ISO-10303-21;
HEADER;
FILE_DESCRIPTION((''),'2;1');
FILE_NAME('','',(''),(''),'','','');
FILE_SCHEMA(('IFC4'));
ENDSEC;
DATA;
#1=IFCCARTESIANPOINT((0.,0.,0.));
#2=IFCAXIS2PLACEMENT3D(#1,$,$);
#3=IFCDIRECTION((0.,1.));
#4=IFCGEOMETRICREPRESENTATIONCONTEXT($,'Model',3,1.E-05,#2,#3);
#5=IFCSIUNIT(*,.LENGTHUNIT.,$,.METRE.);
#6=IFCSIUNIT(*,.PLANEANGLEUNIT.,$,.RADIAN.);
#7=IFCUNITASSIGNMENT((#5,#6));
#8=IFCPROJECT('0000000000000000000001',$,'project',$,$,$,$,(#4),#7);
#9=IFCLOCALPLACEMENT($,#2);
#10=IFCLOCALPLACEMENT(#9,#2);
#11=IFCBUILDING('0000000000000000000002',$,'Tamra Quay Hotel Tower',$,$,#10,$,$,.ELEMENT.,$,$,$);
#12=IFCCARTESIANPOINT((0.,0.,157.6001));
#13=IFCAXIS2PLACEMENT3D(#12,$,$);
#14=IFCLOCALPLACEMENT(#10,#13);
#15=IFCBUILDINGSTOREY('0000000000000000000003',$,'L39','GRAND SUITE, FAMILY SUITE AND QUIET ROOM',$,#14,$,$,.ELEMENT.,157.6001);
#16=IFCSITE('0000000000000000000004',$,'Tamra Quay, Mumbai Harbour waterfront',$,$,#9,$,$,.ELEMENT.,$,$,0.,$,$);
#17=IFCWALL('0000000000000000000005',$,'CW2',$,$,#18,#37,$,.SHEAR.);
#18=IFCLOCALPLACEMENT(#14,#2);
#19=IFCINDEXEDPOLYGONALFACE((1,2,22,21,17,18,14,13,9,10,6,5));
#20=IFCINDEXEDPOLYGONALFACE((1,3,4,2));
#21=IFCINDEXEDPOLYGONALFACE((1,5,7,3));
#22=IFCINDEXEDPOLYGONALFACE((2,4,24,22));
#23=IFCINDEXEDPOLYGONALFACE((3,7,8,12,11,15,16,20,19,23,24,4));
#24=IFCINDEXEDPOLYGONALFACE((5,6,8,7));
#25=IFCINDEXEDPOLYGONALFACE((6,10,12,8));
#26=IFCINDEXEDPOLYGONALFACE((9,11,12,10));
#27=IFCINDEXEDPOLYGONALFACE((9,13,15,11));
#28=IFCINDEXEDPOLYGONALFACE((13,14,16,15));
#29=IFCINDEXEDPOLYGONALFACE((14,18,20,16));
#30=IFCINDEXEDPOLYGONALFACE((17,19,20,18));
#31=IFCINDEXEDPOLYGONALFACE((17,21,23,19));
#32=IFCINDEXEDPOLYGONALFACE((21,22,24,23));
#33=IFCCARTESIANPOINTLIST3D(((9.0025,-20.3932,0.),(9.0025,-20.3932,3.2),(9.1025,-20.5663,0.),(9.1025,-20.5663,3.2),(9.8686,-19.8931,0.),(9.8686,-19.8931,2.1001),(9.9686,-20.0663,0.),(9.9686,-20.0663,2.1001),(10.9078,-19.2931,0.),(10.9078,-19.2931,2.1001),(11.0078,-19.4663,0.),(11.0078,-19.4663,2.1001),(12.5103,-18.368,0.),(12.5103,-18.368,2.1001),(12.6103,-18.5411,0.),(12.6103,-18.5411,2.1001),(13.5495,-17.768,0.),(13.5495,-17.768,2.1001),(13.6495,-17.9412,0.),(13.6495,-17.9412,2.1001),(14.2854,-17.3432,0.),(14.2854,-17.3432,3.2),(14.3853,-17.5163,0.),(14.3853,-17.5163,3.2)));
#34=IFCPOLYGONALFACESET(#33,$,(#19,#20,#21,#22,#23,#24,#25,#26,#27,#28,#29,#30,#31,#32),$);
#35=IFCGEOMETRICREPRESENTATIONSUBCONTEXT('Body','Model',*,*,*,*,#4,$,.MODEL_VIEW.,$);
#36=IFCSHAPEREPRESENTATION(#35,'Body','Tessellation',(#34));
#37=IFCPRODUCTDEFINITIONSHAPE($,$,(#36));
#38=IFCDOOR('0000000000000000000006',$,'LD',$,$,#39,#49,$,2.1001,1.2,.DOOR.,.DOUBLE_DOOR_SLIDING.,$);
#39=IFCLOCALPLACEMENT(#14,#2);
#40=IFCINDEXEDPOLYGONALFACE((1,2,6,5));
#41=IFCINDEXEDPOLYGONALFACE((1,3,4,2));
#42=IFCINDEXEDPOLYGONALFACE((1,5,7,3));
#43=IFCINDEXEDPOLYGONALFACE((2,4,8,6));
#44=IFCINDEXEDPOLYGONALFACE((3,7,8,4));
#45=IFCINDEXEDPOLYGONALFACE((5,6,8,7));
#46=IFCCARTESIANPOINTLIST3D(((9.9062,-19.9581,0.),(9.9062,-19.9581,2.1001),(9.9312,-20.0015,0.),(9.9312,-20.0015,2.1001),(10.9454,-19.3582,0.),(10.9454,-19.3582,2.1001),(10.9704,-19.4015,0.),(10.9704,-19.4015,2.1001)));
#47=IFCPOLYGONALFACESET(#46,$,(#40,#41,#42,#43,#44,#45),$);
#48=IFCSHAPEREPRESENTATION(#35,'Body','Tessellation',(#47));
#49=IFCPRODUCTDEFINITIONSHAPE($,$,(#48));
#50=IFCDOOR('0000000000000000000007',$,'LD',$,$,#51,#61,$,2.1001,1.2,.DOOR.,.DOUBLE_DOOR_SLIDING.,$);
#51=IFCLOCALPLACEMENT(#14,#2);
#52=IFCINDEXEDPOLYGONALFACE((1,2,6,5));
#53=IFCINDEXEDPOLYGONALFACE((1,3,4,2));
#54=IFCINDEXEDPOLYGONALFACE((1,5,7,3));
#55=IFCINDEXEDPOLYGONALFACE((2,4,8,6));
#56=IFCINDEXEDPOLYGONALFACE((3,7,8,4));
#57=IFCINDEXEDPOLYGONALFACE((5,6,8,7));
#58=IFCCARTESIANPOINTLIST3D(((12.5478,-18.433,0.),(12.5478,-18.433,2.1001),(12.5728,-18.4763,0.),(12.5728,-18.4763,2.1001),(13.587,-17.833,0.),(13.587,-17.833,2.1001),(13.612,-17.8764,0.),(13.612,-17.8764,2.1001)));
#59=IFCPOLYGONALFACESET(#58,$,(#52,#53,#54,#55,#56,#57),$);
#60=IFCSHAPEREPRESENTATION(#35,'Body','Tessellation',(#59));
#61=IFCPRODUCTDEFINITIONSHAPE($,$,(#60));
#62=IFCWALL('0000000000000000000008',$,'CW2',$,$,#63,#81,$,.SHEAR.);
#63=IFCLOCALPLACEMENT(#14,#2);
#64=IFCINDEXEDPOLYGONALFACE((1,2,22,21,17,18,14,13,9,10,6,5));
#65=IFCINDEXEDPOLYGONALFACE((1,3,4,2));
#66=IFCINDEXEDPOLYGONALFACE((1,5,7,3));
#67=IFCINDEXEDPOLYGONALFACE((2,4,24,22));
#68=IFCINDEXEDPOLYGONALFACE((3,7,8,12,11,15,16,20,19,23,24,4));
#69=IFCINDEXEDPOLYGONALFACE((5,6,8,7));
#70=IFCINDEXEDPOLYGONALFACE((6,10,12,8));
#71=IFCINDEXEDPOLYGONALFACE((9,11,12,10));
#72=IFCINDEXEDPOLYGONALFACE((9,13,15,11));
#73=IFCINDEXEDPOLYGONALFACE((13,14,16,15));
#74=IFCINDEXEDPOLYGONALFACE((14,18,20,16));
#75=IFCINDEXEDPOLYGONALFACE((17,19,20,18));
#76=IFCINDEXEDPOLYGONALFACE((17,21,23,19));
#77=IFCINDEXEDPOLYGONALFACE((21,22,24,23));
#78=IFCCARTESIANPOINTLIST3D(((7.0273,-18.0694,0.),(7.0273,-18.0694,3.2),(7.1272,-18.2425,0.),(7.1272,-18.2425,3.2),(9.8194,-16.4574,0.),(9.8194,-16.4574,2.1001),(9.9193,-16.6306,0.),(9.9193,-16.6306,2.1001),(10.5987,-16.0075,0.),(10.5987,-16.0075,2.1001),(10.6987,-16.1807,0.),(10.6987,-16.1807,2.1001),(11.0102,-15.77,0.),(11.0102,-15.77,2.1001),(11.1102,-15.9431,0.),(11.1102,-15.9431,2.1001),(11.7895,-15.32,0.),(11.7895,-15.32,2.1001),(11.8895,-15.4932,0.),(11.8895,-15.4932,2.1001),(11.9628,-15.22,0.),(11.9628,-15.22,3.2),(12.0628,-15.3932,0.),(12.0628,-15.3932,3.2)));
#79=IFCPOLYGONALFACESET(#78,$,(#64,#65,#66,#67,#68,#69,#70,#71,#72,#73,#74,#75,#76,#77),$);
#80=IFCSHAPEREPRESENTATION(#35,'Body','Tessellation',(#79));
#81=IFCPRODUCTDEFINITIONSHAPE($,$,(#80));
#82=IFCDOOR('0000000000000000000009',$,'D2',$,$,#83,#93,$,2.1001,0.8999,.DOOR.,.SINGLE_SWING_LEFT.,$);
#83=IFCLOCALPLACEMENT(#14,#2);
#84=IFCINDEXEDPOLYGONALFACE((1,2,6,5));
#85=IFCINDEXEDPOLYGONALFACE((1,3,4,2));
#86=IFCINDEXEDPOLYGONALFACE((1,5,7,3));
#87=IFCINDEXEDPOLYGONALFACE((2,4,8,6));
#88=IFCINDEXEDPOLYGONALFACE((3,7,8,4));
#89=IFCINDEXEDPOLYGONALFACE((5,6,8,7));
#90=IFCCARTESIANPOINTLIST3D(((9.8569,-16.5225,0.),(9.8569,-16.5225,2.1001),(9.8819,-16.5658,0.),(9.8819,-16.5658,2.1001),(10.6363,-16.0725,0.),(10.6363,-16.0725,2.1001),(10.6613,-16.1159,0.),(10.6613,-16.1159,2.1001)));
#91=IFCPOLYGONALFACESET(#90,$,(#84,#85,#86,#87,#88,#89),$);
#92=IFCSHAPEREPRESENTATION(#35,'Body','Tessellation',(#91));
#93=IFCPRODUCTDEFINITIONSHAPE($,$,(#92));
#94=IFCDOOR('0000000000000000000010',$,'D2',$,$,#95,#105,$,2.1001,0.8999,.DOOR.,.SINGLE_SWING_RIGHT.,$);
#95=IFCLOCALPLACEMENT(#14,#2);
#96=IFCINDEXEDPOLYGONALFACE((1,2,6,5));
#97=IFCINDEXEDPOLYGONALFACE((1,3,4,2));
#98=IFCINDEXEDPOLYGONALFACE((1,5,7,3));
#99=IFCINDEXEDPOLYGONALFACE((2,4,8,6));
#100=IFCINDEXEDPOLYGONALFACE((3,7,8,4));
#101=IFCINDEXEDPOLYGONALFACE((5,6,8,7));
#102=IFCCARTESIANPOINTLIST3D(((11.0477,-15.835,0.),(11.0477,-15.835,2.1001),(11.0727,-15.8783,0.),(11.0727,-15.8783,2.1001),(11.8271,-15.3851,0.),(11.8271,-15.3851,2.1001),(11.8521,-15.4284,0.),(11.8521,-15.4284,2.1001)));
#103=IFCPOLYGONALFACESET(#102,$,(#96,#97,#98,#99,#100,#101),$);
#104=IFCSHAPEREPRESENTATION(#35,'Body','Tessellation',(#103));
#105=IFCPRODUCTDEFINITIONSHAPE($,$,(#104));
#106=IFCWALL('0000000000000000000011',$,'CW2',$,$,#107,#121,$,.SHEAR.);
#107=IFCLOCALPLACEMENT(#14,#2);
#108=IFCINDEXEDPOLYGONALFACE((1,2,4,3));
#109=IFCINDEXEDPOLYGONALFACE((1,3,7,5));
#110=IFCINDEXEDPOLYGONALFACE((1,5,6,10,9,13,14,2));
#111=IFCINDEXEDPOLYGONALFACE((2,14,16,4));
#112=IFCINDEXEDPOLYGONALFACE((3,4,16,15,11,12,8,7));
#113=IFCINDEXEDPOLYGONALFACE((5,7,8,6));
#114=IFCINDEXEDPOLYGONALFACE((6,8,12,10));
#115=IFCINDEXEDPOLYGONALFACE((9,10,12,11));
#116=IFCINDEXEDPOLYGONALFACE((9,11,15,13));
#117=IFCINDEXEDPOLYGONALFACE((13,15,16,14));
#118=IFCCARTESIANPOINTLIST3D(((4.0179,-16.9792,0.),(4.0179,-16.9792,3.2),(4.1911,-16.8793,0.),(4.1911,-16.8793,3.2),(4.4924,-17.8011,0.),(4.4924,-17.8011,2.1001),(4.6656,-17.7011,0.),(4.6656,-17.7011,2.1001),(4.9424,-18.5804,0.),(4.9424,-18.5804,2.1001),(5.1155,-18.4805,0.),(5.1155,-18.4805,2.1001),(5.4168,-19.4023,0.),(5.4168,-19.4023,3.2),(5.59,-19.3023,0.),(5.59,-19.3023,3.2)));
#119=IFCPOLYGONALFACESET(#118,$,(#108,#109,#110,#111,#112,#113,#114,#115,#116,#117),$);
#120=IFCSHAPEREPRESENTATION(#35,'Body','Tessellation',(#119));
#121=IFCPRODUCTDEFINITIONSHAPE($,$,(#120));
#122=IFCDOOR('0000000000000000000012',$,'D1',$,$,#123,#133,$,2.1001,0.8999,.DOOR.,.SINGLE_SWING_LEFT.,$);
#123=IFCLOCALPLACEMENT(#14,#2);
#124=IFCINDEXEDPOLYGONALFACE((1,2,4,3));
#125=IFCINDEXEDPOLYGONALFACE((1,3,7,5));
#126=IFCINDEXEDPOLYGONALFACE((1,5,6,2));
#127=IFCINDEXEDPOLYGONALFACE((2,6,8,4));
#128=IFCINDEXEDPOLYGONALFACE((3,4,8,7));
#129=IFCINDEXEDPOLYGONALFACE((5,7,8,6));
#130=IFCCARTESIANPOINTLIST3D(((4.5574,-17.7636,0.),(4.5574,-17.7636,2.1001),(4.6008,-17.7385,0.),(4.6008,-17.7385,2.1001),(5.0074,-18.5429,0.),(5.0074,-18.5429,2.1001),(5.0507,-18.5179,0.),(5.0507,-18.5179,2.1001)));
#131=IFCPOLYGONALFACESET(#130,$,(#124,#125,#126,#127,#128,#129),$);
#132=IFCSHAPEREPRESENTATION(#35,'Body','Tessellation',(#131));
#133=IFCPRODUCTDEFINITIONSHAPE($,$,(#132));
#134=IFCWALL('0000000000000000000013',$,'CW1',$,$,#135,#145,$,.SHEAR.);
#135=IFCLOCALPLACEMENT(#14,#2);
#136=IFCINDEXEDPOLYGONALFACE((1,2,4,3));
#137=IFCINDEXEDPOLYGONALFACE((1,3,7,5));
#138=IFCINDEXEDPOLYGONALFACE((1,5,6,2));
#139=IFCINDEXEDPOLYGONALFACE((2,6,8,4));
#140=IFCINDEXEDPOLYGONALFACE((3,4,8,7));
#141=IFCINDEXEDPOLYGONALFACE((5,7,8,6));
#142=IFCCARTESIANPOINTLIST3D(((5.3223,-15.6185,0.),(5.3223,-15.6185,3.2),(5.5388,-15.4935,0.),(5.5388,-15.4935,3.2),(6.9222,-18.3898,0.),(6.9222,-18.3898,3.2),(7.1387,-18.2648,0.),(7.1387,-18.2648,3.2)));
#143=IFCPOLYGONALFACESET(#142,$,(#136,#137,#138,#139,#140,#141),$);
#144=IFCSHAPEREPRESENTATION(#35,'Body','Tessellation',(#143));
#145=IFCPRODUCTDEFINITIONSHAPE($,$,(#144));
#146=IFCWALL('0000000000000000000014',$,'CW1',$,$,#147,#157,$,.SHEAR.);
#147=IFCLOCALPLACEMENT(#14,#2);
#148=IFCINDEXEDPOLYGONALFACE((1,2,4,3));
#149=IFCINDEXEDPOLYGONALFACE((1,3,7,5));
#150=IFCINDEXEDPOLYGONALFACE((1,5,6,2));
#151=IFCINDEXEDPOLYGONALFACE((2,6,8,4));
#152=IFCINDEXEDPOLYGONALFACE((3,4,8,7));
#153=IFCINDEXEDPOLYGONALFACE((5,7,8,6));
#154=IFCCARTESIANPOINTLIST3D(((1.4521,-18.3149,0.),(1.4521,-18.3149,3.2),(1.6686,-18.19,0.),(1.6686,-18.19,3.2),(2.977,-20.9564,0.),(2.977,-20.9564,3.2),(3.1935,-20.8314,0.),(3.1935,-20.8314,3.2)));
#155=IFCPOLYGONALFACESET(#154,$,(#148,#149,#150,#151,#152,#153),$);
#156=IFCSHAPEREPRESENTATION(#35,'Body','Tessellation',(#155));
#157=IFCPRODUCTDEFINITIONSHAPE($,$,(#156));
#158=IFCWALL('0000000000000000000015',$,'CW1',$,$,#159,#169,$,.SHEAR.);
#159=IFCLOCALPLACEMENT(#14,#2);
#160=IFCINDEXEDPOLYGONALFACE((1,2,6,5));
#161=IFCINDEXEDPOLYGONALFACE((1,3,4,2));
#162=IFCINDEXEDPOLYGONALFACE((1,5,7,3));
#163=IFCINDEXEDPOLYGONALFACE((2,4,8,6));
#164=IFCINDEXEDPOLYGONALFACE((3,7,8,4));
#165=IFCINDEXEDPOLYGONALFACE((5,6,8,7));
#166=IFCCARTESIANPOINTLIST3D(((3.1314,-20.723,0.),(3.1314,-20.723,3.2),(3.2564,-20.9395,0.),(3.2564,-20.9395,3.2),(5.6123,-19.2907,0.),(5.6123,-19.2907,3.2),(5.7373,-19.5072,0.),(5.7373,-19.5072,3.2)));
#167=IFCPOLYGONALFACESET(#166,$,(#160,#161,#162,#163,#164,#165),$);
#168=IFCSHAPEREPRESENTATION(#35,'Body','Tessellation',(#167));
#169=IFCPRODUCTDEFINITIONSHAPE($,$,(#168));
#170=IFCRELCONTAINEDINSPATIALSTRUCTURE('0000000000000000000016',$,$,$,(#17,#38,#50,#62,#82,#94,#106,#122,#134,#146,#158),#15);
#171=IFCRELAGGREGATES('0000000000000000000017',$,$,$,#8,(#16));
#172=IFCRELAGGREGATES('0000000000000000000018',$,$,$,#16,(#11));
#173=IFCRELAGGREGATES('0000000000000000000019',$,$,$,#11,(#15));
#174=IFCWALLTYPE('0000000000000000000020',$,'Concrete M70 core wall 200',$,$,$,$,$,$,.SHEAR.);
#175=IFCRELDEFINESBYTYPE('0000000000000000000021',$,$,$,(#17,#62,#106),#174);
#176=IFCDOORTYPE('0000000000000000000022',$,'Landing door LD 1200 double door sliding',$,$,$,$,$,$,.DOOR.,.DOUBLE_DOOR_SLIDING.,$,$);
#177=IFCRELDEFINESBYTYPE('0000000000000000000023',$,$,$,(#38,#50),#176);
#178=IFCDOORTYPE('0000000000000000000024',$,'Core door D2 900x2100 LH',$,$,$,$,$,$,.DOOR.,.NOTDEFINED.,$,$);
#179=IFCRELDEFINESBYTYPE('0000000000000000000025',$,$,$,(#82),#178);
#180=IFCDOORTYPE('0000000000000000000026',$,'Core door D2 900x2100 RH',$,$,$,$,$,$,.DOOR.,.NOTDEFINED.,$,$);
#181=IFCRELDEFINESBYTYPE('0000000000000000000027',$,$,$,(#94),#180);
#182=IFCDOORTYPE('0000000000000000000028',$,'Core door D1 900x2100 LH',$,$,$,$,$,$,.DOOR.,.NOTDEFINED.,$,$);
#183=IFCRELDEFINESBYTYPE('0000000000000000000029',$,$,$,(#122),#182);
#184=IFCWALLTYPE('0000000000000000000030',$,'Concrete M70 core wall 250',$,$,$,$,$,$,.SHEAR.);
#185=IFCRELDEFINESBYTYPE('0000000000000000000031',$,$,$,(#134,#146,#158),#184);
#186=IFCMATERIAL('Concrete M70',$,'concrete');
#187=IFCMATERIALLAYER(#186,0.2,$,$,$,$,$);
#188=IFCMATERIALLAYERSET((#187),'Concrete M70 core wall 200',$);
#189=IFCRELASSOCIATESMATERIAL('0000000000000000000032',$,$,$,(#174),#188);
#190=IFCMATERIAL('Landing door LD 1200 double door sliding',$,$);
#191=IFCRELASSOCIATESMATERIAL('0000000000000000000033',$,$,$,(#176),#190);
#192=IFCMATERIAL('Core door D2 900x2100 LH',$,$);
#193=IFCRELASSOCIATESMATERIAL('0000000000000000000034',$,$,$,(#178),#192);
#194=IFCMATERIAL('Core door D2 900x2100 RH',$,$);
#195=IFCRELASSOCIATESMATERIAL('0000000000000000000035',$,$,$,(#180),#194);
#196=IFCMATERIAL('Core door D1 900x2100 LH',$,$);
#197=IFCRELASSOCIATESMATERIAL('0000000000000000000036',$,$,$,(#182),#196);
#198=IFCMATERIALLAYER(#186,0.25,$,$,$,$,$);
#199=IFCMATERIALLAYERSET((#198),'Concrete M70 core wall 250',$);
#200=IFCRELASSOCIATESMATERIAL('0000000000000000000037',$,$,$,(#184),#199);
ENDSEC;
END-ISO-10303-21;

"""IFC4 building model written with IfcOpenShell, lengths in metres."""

from ifc_helpers import new_model, si_unit, direction, frame, frame_2d, origin, place, context, subcontext, project, spatial, rectangle, extrude, material, layer, layer_set, type_object, element, fill, save


model = new_model("IFC4")

# Units and contexts
model_context = context("Model", 3, precision=1e-05, world=origin(), true_north=direction((0.0, 1.0)))
body_context = subcontext(model_context, "Body", "Model", "MODEL_VIEW")
ifc_project = project(units=[si_unit("LENGTHUNIT", "METRE"), si_unit("PLANEANGLEUNIT", "RADIAN")], contexts=[model_context])

# Site, building, storey
site_placement = place(None, origin())
site = spatial("IfcSite", under=ifc_project, at=site_placement, Name="Tamra Quay, Mumbai Harbour waterfront", CompositionType="ELEMENT", RefElevation=0.0)
building_placement = place(site_placement, origin())
building = spatial("IfcBuilding", under=site, at=building_placement, Name="Tamra Quay Hotel Tower", CompositionType="ELEMENT")
storey_placement = place(building_placement, frame((0.0, 0.0, 157.6001)))
storey = spatial("IfcBuildingStorey", under=building, at=storey_placement, Name="L39", Description="GRAND SUITE, FAMILY SUITE AND QUIET ROOM", CompositionType="ELEMENT", Elevation=157.6001)

# Shared definitions
ifc_material_1 = material(Name="Concrete M70", Category="concrete")

# Walls, openings, doors
ifc_layer_1 = layer(ifc_material_1, 0.2)
ifc_layer_set_1 = layer_set([ifc_layer_1], Name="Concrete M70 core wall 200")
wall_type_1 = type_object("IfcWallType", Name="Concrete M70 core wall 200", PredefinedType="SHEAR", material=ifc_layer_set_1)
wall_1_placement = place(storey_placement, frame((9.0525, -20.4797, 0.0), z_axis=(0.0, 0.0, 1.0), x_axis=(0.86603, 0.499992, 0.0)))
wall_1 = element("IfcWall", 1, at=wall_1_placement, inside=storey, type_object=wall_type_1, Name="CW2", PredefinedType="SHEAR", context=body_context, shape_type="SweptSolid", body=[
    extrude(rectangle(XDim=6.1001, YDim=0.2, at=frame_2d((3.05, 0.0))), origin(), (0.0, 0.0, 1.0), 3.2),
])
opening_1_placement = place(wall_1_placement, frame((1.0, 0.0, 0.0)))
opening_1 = element("IfcOpeningElement", 2, at=opening_1_placement, cuts=wall_1, PredefinedType="OPENING", context=body_context, shape_type="SweptSolid", body=[
    extrude(rectangle(XDim=1.2, YDim=2.1001, at=frame_2d((0.6001, 1.05))), frame((0.0, 0.1099, 0.0), z_axis=(0.0, -1.0, 0.0), x_axis=(1.0, 0.0, 0.0)), (0.0, 0.0, 1.0), 0.22),
])
opening_2_placement = place(wall_1_placement, frame((4.0503, 0.0, 0.0)))
opening_2 = element("IfcOpeningElement", 3, at=opening_2_placement, cuts=wall_1, PredefinedType="OPENING", context=body_context, shape_type="SweptSolid", body=[
    extrude(rectangle(XDim=1.2, YDim=2.1001, at=frame_2d((0.6001, 1.05))), frame((0.0, 0.1099, 0.0), z_axis=(0.0, -1.0, 0.0), x_axis=(1.0, 0.0, 0.0)), (0.0, 0.0, 1.0), 0.22),
])
ifc_material_2 = material(Name="Landing door LD 1200 double door sliding")
door_type_1 = type_object("IfcDoorType", Name="Landing door LD 1200 double door sliding", OperationType="DOUBLE_DOOR_SLIDING", PredefinedType="DOOR", material=ifc_material_2)
door_1_placement = place(opening_1_placement, origin())
door_1 = element("IfcDoor", 4, at=door_1_placement, inside=storey, type_object=door_type_1, Name="LD", OperationType="DOUBLE_DOOR_SLIDING", OverallHeight=2.1001, OverallWidth=1.2, PredefinedType="DOOR", context=body_context, shape_type="SweptSolid", body=[
    extrude(rectangle(XDim=1.2, YDim=2.1001, at=frame_2d((0.6001, 1.05))), frame((0.0, 0.0249, 0.0), z_axis=(0.0, -1.0, 0.0), x_axis=(1.0, 0.0, 0.0)), (0.0, 0.0, 1.0), 0.05),
])
fill(opening_1, door_1)
door_2_placement = place(opening_2_placement, origin())
door_2 = element("IfcDoor", 5, at=door_2_placement, inside=storey, type_object=door_type_1, Name="LD", OperationType="DOUBLE_DOOR_SLIDING", OverallHeight=2.1001, OverallWidth=1.2, PredefinedType="DOOR", context=body_context, shape_type="SweptSolid", body=[
    extrude(rectangle(XDim=1.2, YDim=2.1001, at=frame_2d((0.6001, 1.05))), frame((0.0, 0.0249, 0.0), z_axis=(0.0, -1.0, 0.0), x_axis=(1.0, 0.0, 0.0)), (0.0, 0.0, 1.0), 0.05),
])
fill(opening_2, door_2)
wall_2_placement = place(storey_placement, frame((7.0771, -18.156, 0.0), z_axis=(0.0, 0.0, 1.0), x_axis=(0.866039, 0.499977, 0.0)))
wall_2 = element("IfcWall", 6, at=wall_2_placement, inside=storey, type_object=wall_type_1, Name="CW2", PredefinedType="SHEAR", context=body_context, shape_type="SweptSolid", body=[
    extrude(rectangle(XDim=5.699, YDim=0.2, at=frame_2d((2.8496, 0.0))), origin(), (0.0, 0.0, 1.0), 3.2),
])
opening_3_placement = place(wall_2_placement, frame((3.2241, 0.0, 0.0)))
opening_3 = element("IfcOpeningElement", 7, at=opening_3_placement, cuts=wall_2, PredefinedType="OPENING", context=body_context, shape_type="SweptSolid", body=[
    extrude(rectangle(XDim=0.8999, YDim=2.1001, at=frame_2d((0.45, 1.05))), frame((0.0, 0.1099, 0.0), z_axis=(0.0, -1.0, 0.0), x_axis=(1.0, 0.0, 0.0)), (0.0, 0.0, 1.0), 0.22),
])
opening_4_placement = place(wall_2_placement, frame((4.5991, 0.0, 0.0)))
opening_4 = element("IfcOpeningElement", 8, at=opening_4_placement, cuts=wall_2, PredefinedType="OPENING", context=body_context, shape_type="SweptSolid", body=[
    extrude(rectangle(XDim=0.8999, YDim=2.1001, at=frame_2d((0.45, 1.05))), frame((0.0, 0.1099, 0.0), z_axis=(0.0, -1.0, 0.0), x_axis=(1.0, 0.0, 0.0)), (0.0, 0.0, 1.0), 0.22),
])
ifc_material_3 = material(Name="Core door D2 900x2100 LH")
door_type_2 = type_object("IfcDoorType", Name="Core door D2 900x2100 LH", OperationType="NOTDEFINED", PredefinedType="DOOR", material=ifc_material_3)
door_3_placement = place(opening_3_placement, origin())
door_3 = element("IfcDoor", 9, at=door_3_placement, inside=storey, type_object=door_type_2, Name="D2", OperationType="SINGLE_SWING_LEFT", OverallHeight=2.1001, OverallWidth=0.8999, PredefinedType="DOOR", context=body_context, shape_type="SweptSolid", body=[
    extrude(rectangle(XDim=0.8999, YDim=2.1001, at=frame_2d((0.45, 1.05))), frame((0.0, 0.0249, 0.0), z_axis=(0.0, -1.0, 0.0), x_axis=(1.0, 0.0, 0.0)), (0.0, 0.0, 1.0), 0.05),
])
fill(opening_3, door_3)
ifc_material_4 = material(Name="Core door D2 900x2100 RH")
door_type_3 = type_object("IfcDoorType", Name="Core door D2 900x2100 RH", OperationType="NOTDEFINED", PredefinedType="DOOR", material=ifc_material_4)
door_4_placement = place(opening_4_placement, origin())
door_4 = element("IfcDoor", 10, at=door_4_placement, inside=storey, type_object=door_type_3, Name="D2", OperationType="SINGLE_SWING_RIGHT", OverallHeight=2.1001, OverallWidth=0.8999, PredefinedType="DOOR", context=body_context, shape_type="SweptSolid", body=[
    extrude(rectangle(XDim=0.8999, YDim=2.1001, at=frame_2d((0.45, 1.05))), frame((0.0, 0.0249, 0.0), z_axis=(0.0, -1.0, 0.0), x_axis=(1.0, 0.0, 0.0)), (0.0, 0.0, 1.0), 0.05),
])
fill(opening_4, door_4)

# Wall, opening, door
wall_3_placement = place(storey_placement, frame((5.5034, -19.3523, 0.0), z_axis=(0.0, 0.0, 1.0), x_axis=(-0.499987, 0.866033, 0.0)))
wall_3 = element("IfcWall", 11, at=wall_3_placement, inside=storey, type_object=wall_type_1, Name="CW2", PredefinedType="SHEAR", context=body_context, shape_type="SweptSolid", body=[
    extrude(rectangle(XDim=2.7979, YDim=0.2, at=frame_2d((1.3989, 0.0))), origin(), (0.0, 0.0, 1.0), 3.2),
])
opening_5_placement = place(wall_3_placement, frame((0.949, 0.0, 0.0)))
opening_5 = element("IfcOpeningElement", 12, at=opening_5_placement, cuts=wall_3, PredefinedType="OPENING", context=body_context, shape_type="SweptSolid", body=[
    extrude(rectangle(XDim=0.8999, YDim=2.1001, at=frame_2d((0.45, 1.05))), frame((0.0, 0.1099, 0.0), z_axis=(0.0, -1.0, 0.0), x_axis=(1.0, 0.0, 0.0)), (0.0, 0.0, 1.0), 0.22),
])
ifc_material_5 = material(Name="Core door D1 900x2100 LH")
door_type_4 = type_object("IfcDoorType", Name="Core door D1 900x2100 LH", OperationType="NOTDEFINED", PredefinedType="DOOR", material=ifc_material_5)
door_5_placement = place(opening_5_placement, origin())
door_5 = element("IfcDoor", 13, at=door_5_placement, inside=storey, type_object=door_type_4, Name="D1", OperationType="SINGLE_SWING_LEFT", OverallHeight=2.1001, OverallWidth=0.8999, PredefinedType="DOOR", context=body_context, shape_type="SweptSolid", body=[
    extrude(rectangle(XDim=0.8999, YDim=2.1001, at=frame_2d((0.45, 1.05))), frame((0.0, 0.0249, 0.0), z_axis=(0.0, -1.0, 0.0), x_axis=(1.0, 0.0, 0.0)), (0.0, 0.0, 1.0), 0.05),
])
fill(opening_5, door_5)

# Walls
ifc_layer_2 = layer(ifc_material_1, 0.25)
ifc_layer_set_2 = layer_set([ifc_layer_2], Name="Concrete M70 core wall 250")
wall_type_2 = type_object("IfcWallType", Name="Concrete M70 core wall 250", PredefinedType="SHEAR", material=ifc_layer_set_2)
wall_4_placement = place(storey_placement, frame((7.0305, -18.3274, 0.0), z_axis=(0.0, 0.0, 1.0), x_axis=(-0.499971, 0.866042, 0.0)))
element("IfcWall", 14, at=wall_4_placement, inside=storey, type_object=wall_type_2, Name="CW1", PredefinedType="SHEAR", context=body_context, shape_type="SweptSolid", body=[
    extrude(rectangle(XDim=3.2, YDim=0.25, at=frame_2d((1.6001, 0.0))), origin(), (0.0, 0.0, 1.0), 3.2),
])
wall_5_placement = place(storey_placement, frame((3.0852, -20.8938, 0.0), z_axis=(0.0, 0.0, 1.0), x_axis=(-0.499979, 0.866038, 0.0)))
element("IfcWall", 15, at=wall_5_placement, inside=storey, type_object=wall_type_2, Name="CW1", PredefinedType="SHEAR", context=body_context, shape_type="SweptSolid", body=[
    extrude(rectangle(XDim=3.05, YDim=0.25, at=frame_2d((1.5249, 0.0))), origin(), (0.0, 0.0, 1.0), 3.2),
])
wall_6_placement = place(storey_placement, frame((5.6748, -19.3989, 0.0), z_axis=(0.0, 0.0, 1.0), x_axis=(-0.866027, -0.499998, 0.0)))
element("IfcWall", 16, at=wall_6_placement, inside=storey, type_object=wall_type_2, Name="CW1", PredefinedType="SHEAR", context=body_context, shape_type="SweptSolid", body=[
    extrude(rectangle(XDim=2.8647, YDim=0.25, at=frame_2d((1.4324, 0.0))), origin(), (0.0, 0.0, 1.0), 3.2),
])

save(model, "model.ifc")
